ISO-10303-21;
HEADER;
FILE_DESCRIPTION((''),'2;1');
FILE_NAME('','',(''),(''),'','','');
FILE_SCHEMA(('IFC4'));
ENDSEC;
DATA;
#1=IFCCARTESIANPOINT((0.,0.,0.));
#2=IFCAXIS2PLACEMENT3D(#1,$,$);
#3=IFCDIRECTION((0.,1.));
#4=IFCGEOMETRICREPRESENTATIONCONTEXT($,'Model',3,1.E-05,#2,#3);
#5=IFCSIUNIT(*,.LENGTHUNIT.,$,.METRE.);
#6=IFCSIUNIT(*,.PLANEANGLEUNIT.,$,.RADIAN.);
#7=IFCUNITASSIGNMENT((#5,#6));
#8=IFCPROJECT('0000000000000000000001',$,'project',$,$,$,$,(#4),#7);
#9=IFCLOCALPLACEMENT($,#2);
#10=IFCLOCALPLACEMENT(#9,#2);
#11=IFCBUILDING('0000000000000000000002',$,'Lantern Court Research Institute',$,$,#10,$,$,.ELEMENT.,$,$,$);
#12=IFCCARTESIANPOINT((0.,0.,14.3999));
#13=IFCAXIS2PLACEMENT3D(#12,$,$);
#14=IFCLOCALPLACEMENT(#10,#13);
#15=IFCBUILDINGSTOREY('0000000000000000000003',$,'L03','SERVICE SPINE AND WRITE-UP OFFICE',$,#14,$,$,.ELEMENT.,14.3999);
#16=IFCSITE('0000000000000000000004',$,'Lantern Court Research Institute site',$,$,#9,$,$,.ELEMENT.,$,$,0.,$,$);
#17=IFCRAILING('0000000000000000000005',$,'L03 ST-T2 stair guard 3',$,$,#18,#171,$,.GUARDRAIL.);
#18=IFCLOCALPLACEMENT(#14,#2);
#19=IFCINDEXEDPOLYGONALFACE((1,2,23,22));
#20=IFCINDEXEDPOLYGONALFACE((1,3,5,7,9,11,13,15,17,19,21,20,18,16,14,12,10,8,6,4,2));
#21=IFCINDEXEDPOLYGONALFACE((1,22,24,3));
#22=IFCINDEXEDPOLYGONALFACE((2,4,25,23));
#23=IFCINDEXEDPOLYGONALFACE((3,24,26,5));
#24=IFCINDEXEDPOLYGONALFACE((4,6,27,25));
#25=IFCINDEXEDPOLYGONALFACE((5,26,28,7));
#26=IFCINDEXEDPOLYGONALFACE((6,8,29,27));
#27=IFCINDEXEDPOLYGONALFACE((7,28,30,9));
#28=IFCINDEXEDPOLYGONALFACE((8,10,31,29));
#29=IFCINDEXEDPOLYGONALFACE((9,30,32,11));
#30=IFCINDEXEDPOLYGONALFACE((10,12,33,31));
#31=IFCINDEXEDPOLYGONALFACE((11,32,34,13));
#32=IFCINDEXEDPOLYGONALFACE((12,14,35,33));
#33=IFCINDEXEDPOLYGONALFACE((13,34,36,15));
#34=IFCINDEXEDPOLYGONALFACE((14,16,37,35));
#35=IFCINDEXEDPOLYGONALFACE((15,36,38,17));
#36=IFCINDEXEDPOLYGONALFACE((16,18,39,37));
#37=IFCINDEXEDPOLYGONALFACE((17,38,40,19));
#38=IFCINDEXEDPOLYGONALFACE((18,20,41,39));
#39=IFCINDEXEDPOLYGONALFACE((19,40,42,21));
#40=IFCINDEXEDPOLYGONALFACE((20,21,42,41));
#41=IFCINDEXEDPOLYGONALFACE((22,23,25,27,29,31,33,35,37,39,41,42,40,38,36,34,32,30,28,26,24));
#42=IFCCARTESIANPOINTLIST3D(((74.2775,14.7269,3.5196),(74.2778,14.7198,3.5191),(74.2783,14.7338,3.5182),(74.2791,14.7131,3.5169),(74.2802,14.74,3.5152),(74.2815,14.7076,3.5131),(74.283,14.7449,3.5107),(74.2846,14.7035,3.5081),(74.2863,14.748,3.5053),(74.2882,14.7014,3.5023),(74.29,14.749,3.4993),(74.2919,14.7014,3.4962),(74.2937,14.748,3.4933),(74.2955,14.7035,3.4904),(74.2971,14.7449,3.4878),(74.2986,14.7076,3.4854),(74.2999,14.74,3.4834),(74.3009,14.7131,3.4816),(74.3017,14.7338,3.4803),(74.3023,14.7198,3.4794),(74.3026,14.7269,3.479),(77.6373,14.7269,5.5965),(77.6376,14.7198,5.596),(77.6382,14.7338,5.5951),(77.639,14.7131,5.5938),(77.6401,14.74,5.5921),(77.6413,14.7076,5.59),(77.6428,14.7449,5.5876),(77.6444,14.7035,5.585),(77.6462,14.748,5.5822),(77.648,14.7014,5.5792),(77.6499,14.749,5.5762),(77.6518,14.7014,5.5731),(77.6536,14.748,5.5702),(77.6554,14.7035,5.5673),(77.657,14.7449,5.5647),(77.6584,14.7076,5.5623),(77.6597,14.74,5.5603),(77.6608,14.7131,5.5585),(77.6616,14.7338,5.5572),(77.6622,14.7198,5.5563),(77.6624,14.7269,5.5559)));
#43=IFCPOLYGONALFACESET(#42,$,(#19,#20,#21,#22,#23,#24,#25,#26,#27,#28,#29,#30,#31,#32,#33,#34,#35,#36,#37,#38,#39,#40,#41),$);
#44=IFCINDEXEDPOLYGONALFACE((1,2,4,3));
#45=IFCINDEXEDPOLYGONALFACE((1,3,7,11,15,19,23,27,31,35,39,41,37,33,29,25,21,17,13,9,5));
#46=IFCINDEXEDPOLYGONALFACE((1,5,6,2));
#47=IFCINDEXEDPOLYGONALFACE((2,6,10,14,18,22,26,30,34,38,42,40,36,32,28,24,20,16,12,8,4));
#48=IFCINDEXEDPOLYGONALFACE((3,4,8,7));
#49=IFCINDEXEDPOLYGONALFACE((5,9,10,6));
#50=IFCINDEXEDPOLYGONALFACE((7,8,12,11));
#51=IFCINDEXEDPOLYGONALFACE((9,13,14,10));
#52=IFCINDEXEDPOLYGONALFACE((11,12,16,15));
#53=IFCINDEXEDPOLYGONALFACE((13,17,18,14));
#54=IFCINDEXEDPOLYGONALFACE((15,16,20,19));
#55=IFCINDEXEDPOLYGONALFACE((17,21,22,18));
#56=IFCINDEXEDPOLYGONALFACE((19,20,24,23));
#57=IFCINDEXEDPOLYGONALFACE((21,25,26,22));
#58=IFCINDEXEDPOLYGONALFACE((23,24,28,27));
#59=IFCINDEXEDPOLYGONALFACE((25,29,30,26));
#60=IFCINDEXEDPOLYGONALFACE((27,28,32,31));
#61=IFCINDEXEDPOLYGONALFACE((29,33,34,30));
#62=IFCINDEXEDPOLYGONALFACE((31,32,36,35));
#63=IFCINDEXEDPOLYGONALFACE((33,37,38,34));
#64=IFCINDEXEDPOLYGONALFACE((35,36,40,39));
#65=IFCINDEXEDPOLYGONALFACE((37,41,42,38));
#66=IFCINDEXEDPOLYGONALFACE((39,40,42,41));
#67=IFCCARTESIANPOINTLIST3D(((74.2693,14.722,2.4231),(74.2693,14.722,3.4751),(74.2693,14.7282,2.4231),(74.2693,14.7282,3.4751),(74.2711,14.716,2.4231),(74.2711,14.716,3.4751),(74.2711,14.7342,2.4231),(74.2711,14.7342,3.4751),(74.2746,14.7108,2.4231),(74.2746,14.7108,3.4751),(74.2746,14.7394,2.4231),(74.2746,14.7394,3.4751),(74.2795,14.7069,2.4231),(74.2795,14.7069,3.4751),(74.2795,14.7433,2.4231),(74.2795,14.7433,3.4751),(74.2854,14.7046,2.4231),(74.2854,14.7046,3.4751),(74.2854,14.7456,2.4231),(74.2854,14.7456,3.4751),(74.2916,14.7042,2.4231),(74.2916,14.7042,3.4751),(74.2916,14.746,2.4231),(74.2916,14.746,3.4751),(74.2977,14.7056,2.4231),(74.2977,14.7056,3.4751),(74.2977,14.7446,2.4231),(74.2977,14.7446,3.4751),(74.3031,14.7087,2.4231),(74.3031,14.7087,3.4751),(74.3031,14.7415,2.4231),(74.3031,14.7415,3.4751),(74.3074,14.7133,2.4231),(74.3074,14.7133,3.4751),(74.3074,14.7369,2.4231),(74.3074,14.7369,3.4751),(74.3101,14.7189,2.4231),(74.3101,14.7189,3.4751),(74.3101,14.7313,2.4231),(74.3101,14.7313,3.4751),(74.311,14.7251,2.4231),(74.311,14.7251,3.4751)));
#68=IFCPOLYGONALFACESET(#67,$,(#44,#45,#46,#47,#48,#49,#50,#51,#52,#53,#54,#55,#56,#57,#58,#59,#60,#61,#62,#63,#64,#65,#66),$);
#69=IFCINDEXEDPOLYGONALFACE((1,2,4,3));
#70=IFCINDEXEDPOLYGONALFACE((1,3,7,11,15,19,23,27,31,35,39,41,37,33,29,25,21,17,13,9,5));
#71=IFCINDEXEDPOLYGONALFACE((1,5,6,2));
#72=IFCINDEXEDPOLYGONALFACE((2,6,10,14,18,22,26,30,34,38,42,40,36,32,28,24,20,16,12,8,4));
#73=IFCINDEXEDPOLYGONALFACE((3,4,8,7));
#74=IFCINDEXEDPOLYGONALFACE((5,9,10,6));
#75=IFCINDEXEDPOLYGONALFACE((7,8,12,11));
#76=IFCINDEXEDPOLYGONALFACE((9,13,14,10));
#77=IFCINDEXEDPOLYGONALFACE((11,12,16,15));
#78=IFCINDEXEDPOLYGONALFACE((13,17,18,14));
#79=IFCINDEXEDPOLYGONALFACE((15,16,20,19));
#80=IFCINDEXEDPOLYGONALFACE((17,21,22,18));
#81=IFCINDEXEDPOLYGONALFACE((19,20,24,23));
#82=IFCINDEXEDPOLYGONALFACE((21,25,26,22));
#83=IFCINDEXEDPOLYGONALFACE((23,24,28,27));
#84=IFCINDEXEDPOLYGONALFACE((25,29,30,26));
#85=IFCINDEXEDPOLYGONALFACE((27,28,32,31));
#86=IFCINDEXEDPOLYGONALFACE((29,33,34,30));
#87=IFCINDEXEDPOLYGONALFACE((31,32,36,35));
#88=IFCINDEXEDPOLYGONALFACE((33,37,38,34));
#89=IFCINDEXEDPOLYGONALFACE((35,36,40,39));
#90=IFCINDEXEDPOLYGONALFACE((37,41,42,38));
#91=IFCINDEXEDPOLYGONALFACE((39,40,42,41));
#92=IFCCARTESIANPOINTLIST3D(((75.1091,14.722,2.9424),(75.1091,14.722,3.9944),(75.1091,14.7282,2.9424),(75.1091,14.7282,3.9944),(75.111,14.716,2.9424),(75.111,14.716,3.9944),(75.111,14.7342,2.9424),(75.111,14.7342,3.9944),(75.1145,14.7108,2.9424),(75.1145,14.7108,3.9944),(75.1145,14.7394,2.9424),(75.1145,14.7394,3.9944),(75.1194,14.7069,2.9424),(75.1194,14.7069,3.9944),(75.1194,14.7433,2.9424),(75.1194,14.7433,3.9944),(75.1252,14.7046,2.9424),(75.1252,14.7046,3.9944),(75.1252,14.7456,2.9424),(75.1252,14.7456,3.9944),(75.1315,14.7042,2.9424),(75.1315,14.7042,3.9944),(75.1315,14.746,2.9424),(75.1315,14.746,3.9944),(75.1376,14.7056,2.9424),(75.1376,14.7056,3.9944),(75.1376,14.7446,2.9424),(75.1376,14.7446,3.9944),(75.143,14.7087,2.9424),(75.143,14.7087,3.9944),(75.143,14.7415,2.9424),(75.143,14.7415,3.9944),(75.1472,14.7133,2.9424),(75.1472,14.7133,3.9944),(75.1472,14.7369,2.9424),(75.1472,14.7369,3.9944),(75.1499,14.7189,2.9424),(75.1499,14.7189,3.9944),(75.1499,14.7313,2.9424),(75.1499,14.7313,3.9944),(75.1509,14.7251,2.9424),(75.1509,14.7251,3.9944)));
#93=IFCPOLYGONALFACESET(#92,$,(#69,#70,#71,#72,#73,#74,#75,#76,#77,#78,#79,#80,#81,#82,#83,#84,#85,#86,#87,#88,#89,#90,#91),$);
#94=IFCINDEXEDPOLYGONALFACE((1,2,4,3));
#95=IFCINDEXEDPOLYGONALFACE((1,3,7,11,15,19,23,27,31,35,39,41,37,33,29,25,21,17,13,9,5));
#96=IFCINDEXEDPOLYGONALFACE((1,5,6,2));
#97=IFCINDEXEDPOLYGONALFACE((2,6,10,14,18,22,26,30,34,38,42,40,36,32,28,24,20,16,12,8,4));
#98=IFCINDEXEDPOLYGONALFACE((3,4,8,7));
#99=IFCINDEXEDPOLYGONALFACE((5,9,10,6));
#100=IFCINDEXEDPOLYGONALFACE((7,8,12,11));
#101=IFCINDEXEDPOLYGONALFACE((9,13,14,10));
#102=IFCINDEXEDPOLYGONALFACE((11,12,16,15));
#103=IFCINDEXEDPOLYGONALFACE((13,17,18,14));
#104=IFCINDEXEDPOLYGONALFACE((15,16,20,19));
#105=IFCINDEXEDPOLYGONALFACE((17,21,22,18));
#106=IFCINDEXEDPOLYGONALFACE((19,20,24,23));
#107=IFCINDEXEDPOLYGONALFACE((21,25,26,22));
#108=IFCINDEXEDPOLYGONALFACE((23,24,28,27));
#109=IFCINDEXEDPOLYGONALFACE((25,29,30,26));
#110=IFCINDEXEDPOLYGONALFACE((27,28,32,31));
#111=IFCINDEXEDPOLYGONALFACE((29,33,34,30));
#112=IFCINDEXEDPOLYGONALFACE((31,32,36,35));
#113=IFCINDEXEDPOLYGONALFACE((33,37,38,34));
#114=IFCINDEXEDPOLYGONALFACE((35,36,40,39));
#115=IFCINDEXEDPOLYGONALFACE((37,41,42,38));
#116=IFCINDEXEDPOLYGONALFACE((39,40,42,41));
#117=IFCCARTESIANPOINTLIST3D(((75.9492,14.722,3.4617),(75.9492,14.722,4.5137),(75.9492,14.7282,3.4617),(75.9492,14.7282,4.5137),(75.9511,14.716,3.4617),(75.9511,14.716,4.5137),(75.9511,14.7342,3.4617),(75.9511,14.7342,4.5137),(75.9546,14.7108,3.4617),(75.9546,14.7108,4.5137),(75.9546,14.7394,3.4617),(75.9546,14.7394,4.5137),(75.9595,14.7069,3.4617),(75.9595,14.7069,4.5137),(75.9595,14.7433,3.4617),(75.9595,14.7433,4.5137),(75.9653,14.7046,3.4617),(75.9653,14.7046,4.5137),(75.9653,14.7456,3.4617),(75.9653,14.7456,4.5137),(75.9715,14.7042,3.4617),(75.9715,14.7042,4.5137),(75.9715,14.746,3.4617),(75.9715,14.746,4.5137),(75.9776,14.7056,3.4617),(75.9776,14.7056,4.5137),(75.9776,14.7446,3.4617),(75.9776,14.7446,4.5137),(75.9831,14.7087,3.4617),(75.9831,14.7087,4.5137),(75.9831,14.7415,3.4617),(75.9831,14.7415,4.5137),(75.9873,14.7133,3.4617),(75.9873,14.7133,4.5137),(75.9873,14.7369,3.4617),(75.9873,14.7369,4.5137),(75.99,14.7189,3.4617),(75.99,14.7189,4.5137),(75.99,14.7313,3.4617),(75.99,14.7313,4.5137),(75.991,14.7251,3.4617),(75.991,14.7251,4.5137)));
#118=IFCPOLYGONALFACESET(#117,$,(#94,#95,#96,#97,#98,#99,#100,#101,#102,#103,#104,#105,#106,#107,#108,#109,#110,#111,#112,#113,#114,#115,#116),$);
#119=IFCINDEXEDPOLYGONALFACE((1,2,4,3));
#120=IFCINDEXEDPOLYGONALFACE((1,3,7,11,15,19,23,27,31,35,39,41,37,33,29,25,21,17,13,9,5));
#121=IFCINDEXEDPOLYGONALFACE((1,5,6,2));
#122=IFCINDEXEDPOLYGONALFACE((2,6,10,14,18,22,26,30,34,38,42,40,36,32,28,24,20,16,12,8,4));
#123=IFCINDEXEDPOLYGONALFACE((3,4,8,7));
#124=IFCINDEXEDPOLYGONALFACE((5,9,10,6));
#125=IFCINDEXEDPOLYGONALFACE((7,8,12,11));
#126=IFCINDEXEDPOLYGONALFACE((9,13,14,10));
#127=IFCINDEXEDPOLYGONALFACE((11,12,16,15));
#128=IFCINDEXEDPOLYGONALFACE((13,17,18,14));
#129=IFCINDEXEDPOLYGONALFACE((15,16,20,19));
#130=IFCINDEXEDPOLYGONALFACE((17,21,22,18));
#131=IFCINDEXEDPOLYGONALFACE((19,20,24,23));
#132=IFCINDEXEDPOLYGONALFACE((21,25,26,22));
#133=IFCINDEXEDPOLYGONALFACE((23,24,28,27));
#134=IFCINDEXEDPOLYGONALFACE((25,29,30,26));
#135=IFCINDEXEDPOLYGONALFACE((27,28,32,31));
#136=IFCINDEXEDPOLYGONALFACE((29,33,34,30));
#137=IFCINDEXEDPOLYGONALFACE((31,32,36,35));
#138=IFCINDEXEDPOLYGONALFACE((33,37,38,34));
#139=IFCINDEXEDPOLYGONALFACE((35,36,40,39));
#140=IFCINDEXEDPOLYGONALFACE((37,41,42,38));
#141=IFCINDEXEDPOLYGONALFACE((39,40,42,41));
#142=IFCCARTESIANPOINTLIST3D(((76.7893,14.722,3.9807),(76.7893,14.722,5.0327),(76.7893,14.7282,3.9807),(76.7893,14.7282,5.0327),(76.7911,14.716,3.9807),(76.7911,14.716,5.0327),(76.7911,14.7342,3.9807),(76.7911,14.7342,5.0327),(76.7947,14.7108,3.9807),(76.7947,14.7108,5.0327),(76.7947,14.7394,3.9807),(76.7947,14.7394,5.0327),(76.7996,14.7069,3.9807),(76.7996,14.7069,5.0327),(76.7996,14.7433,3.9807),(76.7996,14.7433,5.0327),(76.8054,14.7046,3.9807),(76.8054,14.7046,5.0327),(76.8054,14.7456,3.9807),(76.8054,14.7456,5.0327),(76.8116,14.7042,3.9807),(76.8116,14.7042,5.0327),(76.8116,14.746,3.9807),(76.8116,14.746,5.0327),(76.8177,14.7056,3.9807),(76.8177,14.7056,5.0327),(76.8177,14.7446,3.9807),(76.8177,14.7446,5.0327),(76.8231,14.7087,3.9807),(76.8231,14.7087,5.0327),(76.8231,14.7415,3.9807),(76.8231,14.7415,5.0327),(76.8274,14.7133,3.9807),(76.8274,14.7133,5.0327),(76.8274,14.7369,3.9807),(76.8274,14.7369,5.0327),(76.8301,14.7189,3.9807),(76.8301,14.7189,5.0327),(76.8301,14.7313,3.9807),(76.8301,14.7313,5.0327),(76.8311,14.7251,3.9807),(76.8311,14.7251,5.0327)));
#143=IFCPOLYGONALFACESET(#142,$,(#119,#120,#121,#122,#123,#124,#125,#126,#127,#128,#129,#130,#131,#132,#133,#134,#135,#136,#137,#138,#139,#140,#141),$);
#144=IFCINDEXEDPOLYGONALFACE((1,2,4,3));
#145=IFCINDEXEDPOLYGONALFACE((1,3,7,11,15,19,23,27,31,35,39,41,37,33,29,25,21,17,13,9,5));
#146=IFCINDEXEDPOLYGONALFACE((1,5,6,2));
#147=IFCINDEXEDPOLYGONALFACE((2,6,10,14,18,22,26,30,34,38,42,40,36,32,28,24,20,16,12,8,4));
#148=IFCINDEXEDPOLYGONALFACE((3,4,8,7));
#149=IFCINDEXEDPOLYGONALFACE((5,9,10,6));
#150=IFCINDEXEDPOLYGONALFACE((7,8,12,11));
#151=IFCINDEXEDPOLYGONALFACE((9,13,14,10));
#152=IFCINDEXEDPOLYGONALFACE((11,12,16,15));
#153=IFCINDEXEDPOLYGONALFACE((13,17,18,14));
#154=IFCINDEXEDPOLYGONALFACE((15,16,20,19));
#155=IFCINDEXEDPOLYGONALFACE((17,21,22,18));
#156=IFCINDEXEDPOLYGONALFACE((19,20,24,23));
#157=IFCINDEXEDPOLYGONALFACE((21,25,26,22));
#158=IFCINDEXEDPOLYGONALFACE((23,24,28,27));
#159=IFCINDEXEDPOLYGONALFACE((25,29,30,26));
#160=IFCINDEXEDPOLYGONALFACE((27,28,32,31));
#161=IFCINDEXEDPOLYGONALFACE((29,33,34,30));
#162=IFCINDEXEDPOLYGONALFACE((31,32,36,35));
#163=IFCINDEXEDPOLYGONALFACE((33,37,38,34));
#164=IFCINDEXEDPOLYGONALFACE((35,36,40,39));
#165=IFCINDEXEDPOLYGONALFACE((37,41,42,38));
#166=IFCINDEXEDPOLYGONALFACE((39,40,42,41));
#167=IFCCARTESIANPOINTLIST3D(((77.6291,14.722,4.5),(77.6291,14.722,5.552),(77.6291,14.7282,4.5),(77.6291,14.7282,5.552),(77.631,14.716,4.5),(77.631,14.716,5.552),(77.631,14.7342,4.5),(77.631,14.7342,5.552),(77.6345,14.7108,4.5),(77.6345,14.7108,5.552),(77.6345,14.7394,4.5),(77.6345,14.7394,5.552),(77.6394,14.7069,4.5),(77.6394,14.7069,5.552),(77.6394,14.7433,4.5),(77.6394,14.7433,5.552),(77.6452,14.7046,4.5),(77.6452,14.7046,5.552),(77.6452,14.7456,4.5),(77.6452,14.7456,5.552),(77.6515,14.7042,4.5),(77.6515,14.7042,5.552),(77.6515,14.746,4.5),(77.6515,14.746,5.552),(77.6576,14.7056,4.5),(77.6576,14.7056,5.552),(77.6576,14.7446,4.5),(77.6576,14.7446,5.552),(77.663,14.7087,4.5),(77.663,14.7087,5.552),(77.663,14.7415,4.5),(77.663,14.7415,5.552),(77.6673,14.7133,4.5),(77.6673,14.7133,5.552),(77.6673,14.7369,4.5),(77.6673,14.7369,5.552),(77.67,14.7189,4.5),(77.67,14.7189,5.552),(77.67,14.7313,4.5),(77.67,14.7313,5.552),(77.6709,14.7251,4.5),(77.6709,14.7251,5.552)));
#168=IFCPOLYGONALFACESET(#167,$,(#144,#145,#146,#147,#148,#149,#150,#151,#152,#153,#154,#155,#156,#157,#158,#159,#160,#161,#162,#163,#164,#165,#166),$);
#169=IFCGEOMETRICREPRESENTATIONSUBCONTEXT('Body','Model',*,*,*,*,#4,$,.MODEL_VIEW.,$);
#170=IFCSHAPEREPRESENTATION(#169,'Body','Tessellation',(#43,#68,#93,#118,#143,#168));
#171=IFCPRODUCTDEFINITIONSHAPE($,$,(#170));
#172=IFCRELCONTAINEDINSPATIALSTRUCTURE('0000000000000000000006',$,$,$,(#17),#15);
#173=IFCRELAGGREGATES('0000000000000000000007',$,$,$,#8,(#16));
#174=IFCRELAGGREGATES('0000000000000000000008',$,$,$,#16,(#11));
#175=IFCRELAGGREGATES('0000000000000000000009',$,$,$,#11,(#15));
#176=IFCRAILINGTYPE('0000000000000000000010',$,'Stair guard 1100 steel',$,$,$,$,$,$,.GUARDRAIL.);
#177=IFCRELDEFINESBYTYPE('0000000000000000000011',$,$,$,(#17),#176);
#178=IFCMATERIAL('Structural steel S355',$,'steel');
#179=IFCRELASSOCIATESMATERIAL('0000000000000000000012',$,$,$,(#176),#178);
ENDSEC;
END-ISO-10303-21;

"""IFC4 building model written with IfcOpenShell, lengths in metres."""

from ifc_helpers import new_model, si_unit, direction, frame, origin, origin_2d, place, context, subcontext, project, spatial, circle, extrude, material, type_object, element, save


model = new_model("IFC4")

# Units and contexts
model_context = context("Model", 3, precision=1e-05, world=origin(), true_north=direction((0.0, 1.0)))
body_context = subcontext(model_context, "Body", "Model", "MODEL_VIEW")
ifc_project = project(units=[si_unit("LENGTHUNIT", "METRE"), si_unit("PLANEANGLEUNIT", "RADIAN")], contexts=[model_context])

# Site, building, storey
site_placement = place(None, origin())
site = spatial("IfcSite", under=ifc_project, at=site_placement, Name="Lantern Court Research Institute site", CompositionType="ELEMENT", RefElevation=0.0)
building_placement = place(site_placement, origin())
building = spatial("IfcBuilding", under=site, at=building_placement, Name="Lantern Court Research Institute", CompositionType="ELEMENT")
storey_placement = place(building_placement, frame((0.0, 0.0, 14.3999)))
storey = spatial("IfcBuildingStorey", under=building, at=storey_placement, Name="L03", Description="SERVICE SPINE AND WRITE-UP OFFICE", CompositionType="ELEMENT", Elevation=14.3999)

# Railing
ifc_material_1 = material(Name="Structural steel S355", Category="steel")
railing_type_1 = type_object("IfcRailingType", Name="Stair guard 1100 steel", PredefinedType="GUARDRAIL", material=ifc_material_1)
railing_1_placement = place(storey_placement, frame((74.29, 14.7251, 2.4231)))
element("IfcRailing", 1, at=railing_1_placement, inside=storey, type_object=railing_type_1, Name="L03 ST-T2 stair guard 3", PredefinedType="GUARDRAIL", context=body_context, shape_type="SweptSolid", body=[
    extrude(circle(Radius=0.0239, at=origin_2d()), frame((0.0, 0.0, 1.0762), z_axis=(0.850606, 0.0, 0.525803), x_axis=(0.0, 1.0, 0.0)), (0.0, 0.0, 1.0), 3.95),
    extrude(circle(Radius=0.021, at=origin_2d()), origin(), (0.0, 0.0, 1.0), 1.052),
    extrude(circle(Radius=0.021, at=origin_2d()), frame((0.8398, 0.0, 0.5193)), (0.0, 0.0, 1.0), 1.052),
    extrude(circle(Radius=0.021, at=origin_2d()), frame((1.6799, 0.0, 1.0386)), (0.0, 0.0, 1.0), 1.052),
    extrude(circle(Radius=0.021, at=origin_2d()), frame((2.52, 0.0, 1.5576)), (0.0, 0.0, 1.0), 1.052),
    extrude(circle(Radius=0.021, at=origin_2d()), frame((3.3599, 0.0, 2.0769)), (0.0, 0.0, 1.0), 1.052),
])

save(model, "model.ifc")
